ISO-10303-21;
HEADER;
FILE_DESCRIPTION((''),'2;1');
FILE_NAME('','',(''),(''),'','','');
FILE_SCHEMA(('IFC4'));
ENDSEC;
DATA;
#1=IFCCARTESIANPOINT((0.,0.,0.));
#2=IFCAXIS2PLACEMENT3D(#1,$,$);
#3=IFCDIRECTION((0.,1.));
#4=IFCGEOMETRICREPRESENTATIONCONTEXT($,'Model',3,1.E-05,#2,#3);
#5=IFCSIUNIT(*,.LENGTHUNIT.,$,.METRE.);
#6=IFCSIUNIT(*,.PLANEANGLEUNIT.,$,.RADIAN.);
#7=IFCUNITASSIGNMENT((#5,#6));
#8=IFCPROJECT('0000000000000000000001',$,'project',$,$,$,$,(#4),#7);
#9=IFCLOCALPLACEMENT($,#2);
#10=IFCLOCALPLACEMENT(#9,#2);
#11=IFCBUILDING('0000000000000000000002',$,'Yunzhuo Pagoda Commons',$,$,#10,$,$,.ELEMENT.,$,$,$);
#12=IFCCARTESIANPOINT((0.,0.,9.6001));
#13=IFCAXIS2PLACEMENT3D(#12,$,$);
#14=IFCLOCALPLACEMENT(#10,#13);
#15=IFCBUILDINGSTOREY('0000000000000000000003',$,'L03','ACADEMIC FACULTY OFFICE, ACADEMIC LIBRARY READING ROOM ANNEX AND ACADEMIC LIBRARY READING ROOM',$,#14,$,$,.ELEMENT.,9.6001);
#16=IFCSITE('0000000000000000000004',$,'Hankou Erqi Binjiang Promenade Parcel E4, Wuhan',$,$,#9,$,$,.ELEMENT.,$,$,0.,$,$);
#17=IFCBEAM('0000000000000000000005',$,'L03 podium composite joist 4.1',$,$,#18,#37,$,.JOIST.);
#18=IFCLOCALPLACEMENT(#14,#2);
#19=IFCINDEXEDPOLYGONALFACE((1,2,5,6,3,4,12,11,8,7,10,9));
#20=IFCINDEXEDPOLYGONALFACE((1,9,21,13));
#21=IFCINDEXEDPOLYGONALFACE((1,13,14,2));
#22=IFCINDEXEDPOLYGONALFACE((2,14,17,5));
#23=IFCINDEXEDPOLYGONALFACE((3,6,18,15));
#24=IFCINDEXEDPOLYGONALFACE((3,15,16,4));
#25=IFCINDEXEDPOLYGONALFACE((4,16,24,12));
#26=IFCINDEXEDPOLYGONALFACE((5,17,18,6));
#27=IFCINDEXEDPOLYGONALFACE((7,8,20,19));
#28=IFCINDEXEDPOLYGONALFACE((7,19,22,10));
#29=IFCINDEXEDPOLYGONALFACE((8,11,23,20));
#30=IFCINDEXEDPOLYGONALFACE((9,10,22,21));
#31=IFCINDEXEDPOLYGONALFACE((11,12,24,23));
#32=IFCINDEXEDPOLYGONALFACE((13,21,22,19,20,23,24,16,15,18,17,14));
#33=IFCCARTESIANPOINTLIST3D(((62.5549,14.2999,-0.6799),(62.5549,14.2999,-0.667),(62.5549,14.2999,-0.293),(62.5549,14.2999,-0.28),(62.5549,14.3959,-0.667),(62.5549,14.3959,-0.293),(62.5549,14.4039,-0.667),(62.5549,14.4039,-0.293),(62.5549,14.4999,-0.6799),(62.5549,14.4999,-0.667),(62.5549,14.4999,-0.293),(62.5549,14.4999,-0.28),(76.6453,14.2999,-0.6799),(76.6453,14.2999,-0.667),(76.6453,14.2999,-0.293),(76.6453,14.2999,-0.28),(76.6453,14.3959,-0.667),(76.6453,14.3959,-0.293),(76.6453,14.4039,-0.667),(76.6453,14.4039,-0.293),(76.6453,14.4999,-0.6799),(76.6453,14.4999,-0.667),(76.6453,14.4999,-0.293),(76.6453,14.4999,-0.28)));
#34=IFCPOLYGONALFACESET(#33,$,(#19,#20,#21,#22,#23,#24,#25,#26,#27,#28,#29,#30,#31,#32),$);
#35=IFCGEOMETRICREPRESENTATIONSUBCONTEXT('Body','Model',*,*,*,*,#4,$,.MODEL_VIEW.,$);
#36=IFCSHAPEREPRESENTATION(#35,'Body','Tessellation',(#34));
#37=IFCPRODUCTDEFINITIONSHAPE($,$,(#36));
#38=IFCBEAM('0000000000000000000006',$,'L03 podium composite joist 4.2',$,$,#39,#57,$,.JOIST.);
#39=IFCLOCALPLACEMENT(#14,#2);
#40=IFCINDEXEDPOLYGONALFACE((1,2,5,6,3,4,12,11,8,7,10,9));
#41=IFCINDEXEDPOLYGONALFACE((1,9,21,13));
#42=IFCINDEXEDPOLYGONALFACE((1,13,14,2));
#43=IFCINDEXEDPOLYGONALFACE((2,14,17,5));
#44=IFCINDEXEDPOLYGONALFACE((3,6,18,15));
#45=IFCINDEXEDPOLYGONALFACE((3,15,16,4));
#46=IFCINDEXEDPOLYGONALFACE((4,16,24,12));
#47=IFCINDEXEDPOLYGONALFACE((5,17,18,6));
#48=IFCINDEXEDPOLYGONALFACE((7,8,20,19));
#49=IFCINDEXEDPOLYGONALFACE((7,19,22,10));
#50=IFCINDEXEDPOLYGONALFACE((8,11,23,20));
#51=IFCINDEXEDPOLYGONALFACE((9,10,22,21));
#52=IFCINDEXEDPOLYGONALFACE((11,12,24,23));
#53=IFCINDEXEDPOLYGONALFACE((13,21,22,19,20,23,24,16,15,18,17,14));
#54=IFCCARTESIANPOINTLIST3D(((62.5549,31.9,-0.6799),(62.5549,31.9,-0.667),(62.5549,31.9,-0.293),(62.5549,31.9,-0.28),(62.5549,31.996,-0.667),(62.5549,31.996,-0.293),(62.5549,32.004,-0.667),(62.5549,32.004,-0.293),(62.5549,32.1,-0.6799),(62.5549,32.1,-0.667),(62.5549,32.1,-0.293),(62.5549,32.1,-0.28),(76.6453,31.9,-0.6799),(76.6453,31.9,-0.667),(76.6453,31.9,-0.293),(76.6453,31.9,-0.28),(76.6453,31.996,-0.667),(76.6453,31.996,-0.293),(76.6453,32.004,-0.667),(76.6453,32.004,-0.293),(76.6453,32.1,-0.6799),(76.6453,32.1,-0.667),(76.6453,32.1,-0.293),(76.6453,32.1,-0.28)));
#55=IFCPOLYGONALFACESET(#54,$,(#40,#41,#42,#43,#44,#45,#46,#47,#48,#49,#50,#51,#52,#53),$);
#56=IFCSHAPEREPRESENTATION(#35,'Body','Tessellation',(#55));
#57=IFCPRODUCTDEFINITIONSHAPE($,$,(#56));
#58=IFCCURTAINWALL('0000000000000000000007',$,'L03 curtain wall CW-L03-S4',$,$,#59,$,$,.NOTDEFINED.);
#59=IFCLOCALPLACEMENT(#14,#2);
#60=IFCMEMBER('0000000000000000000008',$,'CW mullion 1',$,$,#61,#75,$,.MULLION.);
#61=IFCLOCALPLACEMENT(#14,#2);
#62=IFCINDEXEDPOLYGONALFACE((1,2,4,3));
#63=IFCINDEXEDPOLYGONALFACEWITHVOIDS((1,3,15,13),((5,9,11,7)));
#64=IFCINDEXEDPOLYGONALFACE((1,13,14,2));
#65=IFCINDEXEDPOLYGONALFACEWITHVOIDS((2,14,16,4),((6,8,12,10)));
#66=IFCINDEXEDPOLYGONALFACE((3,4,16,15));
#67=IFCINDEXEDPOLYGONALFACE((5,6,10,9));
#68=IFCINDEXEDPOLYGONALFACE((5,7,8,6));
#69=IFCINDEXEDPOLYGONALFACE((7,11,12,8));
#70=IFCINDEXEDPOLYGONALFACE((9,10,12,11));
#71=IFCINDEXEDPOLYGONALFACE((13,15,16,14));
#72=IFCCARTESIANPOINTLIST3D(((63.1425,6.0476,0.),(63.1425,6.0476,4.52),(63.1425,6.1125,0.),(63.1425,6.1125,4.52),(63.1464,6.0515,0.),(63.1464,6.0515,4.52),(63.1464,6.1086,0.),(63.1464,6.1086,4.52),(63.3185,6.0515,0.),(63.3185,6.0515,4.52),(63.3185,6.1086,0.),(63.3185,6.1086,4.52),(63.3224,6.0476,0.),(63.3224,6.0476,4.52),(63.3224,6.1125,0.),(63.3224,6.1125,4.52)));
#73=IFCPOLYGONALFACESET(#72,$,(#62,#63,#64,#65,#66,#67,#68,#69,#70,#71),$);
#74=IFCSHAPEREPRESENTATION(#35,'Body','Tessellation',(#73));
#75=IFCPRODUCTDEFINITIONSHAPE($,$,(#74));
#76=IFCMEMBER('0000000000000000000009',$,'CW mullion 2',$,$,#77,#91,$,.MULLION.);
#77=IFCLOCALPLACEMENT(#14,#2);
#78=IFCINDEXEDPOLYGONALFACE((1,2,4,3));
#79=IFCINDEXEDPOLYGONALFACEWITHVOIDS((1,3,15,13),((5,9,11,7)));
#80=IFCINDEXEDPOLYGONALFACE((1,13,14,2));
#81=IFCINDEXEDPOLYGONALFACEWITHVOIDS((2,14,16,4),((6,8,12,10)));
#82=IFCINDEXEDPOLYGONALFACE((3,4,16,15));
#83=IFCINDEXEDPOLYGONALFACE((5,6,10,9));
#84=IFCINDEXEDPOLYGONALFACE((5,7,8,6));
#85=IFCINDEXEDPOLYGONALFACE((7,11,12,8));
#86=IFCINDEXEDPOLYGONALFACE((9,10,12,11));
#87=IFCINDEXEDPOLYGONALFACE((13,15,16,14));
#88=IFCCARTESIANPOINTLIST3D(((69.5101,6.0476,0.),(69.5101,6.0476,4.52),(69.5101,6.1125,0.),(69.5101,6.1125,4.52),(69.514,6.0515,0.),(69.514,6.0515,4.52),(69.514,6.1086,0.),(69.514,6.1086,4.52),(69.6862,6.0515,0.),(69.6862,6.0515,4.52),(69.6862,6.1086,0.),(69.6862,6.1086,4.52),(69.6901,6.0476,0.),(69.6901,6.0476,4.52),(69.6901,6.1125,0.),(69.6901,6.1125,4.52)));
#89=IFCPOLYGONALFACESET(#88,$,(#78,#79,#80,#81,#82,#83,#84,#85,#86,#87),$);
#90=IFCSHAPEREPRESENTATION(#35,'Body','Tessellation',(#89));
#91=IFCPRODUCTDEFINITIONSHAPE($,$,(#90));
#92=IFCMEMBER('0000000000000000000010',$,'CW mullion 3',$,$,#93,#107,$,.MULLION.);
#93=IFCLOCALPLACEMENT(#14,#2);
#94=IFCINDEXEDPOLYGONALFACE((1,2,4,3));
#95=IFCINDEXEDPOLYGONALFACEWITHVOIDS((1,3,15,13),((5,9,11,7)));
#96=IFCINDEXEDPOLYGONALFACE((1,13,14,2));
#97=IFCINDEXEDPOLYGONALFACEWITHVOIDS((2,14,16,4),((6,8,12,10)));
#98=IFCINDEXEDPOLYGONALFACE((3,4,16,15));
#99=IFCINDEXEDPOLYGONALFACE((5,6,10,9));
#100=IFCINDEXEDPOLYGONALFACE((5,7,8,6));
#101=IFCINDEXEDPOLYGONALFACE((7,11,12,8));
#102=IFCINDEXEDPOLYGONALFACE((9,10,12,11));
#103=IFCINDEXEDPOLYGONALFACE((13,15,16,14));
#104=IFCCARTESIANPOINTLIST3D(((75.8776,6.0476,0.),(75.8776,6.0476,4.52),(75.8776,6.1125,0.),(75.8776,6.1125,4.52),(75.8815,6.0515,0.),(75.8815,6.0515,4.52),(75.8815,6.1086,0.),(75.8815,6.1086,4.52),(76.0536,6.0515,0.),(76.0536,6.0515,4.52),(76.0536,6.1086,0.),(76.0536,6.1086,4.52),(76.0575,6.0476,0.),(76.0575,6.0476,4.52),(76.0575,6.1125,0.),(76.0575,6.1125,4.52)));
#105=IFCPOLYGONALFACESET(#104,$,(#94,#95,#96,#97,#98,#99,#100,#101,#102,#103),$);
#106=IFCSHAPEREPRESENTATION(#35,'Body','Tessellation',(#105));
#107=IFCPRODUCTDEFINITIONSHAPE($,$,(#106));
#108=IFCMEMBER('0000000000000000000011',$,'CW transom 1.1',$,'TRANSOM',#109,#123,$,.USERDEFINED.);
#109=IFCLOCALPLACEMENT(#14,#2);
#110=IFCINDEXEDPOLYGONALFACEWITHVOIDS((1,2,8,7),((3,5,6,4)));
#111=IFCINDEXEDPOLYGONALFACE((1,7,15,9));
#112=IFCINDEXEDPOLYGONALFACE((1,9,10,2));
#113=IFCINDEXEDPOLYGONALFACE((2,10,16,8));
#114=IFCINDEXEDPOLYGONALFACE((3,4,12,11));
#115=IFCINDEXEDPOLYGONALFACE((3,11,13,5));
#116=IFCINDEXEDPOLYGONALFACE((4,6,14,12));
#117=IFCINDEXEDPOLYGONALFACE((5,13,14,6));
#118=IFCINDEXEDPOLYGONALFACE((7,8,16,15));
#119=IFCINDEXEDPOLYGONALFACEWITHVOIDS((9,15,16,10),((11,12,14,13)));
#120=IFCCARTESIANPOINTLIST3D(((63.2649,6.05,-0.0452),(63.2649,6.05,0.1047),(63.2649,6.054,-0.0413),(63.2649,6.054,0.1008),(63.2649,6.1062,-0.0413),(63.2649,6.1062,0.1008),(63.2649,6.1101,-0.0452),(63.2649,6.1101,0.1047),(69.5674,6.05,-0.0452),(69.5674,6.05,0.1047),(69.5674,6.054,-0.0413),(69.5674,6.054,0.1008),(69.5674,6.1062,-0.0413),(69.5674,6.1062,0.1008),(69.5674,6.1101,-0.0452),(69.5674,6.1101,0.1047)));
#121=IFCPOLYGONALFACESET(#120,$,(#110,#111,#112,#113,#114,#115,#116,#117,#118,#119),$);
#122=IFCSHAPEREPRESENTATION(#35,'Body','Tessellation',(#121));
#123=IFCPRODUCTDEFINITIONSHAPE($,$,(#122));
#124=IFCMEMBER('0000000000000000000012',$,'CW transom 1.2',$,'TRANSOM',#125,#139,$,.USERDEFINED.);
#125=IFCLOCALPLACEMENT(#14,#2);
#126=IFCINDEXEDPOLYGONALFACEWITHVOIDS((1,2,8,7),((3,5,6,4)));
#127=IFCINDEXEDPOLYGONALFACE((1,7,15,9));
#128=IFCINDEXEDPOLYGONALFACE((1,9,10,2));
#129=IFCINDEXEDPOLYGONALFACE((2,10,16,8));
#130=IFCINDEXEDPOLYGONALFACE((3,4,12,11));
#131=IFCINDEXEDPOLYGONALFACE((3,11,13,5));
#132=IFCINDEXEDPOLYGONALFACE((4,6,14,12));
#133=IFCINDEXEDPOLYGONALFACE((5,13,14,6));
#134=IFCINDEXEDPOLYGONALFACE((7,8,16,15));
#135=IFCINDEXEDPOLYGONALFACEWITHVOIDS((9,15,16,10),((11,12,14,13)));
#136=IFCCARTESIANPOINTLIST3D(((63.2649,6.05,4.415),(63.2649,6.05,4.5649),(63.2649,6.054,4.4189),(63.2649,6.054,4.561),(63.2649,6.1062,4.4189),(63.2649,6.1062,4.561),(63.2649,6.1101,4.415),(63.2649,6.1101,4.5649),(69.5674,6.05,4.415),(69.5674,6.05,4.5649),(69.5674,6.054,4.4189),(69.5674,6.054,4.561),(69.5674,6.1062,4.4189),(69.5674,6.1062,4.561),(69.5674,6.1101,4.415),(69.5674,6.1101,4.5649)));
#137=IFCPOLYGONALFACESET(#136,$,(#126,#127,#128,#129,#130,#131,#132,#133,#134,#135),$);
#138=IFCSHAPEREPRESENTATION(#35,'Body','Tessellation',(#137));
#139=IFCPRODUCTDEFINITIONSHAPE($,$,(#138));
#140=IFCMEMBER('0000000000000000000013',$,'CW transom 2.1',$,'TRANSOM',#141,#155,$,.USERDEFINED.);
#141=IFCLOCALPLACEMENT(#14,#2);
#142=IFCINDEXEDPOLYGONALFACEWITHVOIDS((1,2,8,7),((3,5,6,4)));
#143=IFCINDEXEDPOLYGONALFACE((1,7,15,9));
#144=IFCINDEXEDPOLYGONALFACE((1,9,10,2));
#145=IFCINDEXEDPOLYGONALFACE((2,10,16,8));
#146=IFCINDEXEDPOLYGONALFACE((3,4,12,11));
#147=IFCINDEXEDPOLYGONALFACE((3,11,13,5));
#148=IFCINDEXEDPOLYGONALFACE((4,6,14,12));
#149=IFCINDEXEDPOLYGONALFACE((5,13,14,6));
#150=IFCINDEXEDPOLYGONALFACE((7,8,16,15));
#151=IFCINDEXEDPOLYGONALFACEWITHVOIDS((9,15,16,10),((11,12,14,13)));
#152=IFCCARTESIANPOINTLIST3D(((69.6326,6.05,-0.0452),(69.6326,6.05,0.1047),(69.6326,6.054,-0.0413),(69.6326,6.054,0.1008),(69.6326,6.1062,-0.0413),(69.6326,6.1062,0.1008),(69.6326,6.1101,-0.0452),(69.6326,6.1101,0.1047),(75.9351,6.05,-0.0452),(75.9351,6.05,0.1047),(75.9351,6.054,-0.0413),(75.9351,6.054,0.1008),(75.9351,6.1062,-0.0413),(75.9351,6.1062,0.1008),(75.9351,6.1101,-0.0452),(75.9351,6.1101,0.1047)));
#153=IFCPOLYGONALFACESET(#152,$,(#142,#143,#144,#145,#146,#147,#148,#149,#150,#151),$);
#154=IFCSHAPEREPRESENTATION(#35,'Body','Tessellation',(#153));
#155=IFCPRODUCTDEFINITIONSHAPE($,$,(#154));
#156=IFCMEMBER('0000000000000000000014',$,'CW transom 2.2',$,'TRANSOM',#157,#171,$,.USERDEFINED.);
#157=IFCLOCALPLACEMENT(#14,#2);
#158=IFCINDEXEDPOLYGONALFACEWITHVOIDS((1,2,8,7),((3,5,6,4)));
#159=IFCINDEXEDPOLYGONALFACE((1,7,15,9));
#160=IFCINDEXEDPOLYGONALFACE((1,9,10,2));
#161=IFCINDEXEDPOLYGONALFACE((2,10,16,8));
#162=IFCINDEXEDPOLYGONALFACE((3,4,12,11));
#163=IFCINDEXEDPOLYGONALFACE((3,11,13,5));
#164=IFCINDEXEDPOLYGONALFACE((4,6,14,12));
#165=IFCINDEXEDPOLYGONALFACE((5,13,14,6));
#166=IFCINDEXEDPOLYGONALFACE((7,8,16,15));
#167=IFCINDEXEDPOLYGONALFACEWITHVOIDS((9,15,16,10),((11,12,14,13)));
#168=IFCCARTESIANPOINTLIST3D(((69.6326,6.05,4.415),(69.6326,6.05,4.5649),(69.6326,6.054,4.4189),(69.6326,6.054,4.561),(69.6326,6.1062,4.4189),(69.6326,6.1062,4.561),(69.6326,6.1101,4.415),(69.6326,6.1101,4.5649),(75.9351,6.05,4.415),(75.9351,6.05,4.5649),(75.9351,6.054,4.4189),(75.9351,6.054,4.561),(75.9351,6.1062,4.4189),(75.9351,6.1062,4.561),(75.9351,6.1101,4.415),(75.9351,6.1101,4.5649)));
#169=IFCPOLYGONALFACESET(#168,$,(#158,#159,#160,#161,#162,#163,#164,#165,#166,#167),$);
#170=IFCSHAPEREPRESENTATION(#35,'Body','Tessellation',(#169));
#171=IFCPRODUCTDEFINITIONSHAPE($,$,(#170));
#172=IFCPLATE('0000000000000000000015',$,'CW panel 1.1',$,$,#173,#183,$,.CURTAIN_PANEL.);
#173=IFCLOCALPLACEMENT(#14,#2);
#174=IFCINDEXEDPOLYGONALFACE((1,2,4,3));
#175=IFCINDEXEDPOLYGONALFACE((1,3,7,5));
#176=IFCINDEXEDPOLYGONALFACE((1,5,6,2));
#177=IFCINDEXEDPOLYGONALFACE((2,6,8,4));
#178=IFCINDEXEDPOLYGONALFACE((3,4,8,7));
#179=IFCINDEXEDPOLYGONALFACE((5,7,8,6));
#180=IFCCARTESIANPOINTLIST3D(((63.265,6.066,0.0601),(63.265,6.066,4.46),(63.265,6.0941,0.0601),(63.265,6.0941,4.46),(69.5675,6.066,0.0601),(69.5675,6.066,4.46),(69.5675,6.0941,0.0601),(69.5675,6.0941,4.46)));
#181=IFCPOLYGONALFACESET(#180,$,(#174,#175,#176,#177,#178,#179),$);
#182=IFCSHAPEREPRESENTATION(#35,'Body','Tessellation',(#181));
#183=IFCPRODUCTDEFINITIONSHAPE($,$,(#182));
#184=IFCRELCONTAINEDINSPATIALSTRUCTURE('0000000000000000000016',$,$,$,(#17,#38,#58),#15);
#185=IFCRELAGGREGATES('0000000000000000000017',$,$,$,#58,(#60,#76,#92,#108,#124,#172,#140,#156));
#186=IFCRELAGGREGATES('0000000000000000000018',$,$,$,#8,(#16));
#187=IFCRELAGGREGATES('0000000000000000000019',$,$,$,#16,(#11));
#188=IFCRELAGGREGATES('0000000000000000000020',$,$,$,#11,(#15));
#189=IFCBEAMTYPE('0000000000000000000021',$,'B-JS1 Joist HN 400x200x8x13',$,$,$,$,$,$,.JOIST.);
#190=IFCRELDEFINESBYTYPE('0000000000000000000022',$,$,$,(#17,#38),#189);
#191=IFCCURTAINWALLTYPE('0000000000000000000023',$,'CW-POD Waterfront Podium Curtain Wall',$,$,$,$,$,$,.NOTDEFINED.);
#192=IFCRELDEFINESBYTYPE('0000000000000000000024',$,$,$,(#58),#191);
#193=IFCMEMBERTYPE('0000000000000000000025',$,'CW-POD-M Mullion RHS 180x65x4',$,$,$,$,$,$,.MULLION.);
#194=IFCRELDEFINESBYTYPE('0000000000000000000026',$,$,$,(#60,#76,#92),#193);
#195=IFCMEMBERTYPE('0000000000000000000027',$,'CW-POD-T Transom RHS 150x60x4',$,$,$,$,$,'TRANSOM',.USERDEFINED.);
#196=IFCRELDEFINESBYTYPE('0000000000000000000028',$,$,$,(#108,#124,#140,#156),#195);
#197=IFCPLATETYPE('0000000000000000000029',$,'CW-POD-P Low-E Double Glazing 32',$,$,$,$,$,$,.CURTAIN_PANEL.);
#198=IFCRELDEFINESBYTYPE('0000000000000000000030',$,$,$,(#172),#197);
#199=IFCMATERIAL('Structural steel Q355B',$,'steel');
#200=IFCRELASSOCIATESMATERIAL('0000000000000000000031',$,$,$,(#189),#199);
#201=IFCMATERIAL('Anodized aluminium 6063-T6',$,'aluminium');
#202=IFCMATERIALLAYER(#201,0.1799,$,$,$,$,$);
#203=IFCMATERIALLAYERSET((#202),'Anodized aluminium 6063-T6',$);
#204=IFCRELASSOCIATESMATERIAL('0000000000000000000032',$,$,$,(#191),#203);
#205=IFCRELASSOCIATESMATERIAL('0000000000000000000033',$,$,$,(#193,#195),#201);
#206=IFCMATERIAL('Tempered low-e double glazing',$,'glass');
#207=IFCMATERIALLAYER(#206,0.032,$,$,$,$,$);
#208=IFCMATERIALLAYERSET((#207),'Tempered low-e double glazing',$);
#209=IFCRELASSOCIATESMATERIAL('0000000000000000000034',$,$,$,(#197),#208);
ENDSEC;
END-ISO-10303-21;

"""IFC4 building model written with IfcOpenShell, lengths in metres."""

from ifc_helpers import new_model, si_unit, direction, frame, origin, origin_2d, place, context, subcontext, project, spatial, rectangle, hollow_rectangle, i_section, extrude, source, transform, mapped, material, layer, layer_set, material_profile, profile_set, type_object, element, aggregate, save


model = new_model("IFC4")

# Units and contexts
model_context = context("Model", 3, precision=1e-05, world=origin(), true_north=direction((0.0, 1.0)))
body_context = subcontext(model_context, "Body", "Model", "MODEL_VIEW")
ifc_project = project(units=[si_unit("LENGTHUNIT", "METRE"), si_unit("PLANEANGLEUNIT", "RADIAN")], contexts=[model_context])

# Site, building, storey
site_placement = place(None, origin())
site = spatial("IfcSite", under=ifc_project, at=site_placement, Name="Hankou Erqi Binjiang Promenade Parcel E4, Wuhan", CompositionType="ELEMENT", RefElevation=0.0)
building_placement = place(site_placement, origin())
building = spatial("IfcBuilding", under=site, at=building_placement, Name="Yunzhuo Pagoda Commons", CompositionType="ELEMENT")
storey_placement = place(building_placement, frame((0.0, 0.0, 9.6001)))
storey = spatial("IfcBuildingStorey", under=building, at=storey_placement, Name="L03", Description="ACADEMIC FACULTY OFFICE, ACADEMIC LIBRARY READING ROOM ANNEX AND ACADEMIC LIBRARY READING ROOM", CompositionType="ELEMENT", Elevation=9.6001)

# Beams
ifc_material_1 = material(Name="Structural steel Q355B", Category="steel")
ifc_material_profile_1 = material_profile(ifc_material_1, i_section(OverallWidth=0.2, OverallDepth=0.3999, WebThickness=0.0081, FlangeThickness=0.0129, at=origin_2d()), Name="Structural steel Q355B")
ifc_profile_set_1 = profile_set([ifc_material_profile_1], Name="Structural steel Q355B")
beam_type_1 = type_object("IfcBeamType", Name="B-JS1 Joist HN 400x200x8x13", PredefinedType="JOIST", material=ifc_profile_set_1)
shared_shape_1 = source(origin(), body_context, "Body", "SweptSolid", [
    extrude(i_section(OverallWidth=0.2, OverallDepth=0.3999, WebThickness=0.0081, FlangeThickness=0.0129, at=origin_2d()), origin(), (0.0, 0.0, 1.0), 14.0903),
])
for number, where, z_axis, x_axis, name in (
    (1, (62.5549, 14.3999, -0.48), (1.0, 0.0, 0.0), (0.0, 1.0, 0.0), "L03 podium composite joist 4.1"),
    (2, (62.5549, 32.0, -0.48), (1.0, 0.0, 0.0), (0.0, 1.0, 0.0), "L03 podium composite joist 4.2"),
):
    element("IfcBeam", number, at=place(storey_placement, frame(where, z_axis=z_axis, x_axis=x_axis)), inside=storey, type_object=beam_type_1, Name=name, PredefinedType="JOIST", context=body_context, shape_type="MappedRepresentation", body=[
        mapped(shared_shape_1, transform((0.0, 0.0, 0.0), scale=1.0)),
    ])

# Curtain wall, members, plate
ifc_material_2 = material(Name="Anodized aluminium 6063-T6", Category="aluminium")
ifc_layer_1 = layer(ifc_material_2, 0.1799)
ifc_layer_set_1 = layer_set([ifc_layer_1], Name="Anodized aluminium 6063-T6")
curtain_wall_type = type_object("IfcCurtainWallType", Name="CW-POD Waterfront Podium Curtain Wall", PredefinedType="NOTDEFINED", material=ifc_layer_set_1)
curtain_wall_placement = place(storey_placement, origin())
curtain_wall = element("IfcCurtainWall", 3, at=curtain_wall_placement, inside=storey, type_object=curtain_wall_type, Name="L03 curtain wall CW-L03-S4", PredefinedType="NOTDEFINED")
ifc_material_profile_2 = material_profile(ifc_material_2, hollow_rectangle(XDim=0.0649, YDim=0.1799, WallThickness=0.0039, at=origin_2d()), Name="Anodized aluminium 6063-T6")
ifc_profile_set_2 = profile_set([ifc_material_profile_2], Name="Anodized aluminium 6063-T6")
member_type_1 = type_object("IfcMemberType", Name="CW-POD-M Mullion RHS 180x65x4", PredefinedType="MULLION", material=ifc_profile_set_2)
shared_shape_2 = source(origin(), body_context, "Body", "SweptSolid", [
    extrude(hollow_rectangle(XDim=0.0649, YDim=0.1799, WallThickness=0.0039, at=origin_2d()), origin(), (0.0, 0.0, 1.0), 4.52),
])
member_1_placement = place(storey_placement, frame((63.2324, 6.0801, 0.0), z_axis=(0.0, 0.0, 1.0), x_axis=(0.0, 1.0, 0.0)))
member_1 = element("IfcMember", 4, at=member_1_placement, type_object=member_type_1, Name="CW mullion 1", PredefinedType="MULLION", context=body_context, shape_type="MappedRepresentation", body=[
    mapped(shared_shape_2, transform((0.0, 0.0, 0.0), scale=1.0)),
])
member_2_placement = place(storey_placement, frame((69.6001, 6.0801, 0.0), z_axis=(0.0, 0.0, 1.0), x_axis=(0.0, 1.0, 0.0)))
member_2 = element("IfcMember", 5, at=member_2_placement, type_object=member_type_1, Name="CW mullion 2", PredefinedType="MULLION", context=body_context, shape_type="MappedRepresentation", body=[
    mapped(shared_shape_2, transform((0.0, 0.0, 0.0), scale=1.0)),
])
member_3_placement = place(storey_placement, frame((75.9675, 6.0801, 0.0), z_axis=(0.0, 0.0, 1.0), x_axis=(0.0, 1.0, 0.0)))
member_3 = element("IfcMember", 6, at=member_3_placement, type_object=member_type_1, Name="CW mullion 3", PredefinedType="MULLION", context=body_context, shape_type="MappedRepresentation", body=[
    mapped(shared_shape_2, transform((0.0, 0.0, 0.0), scale=1.0)),
])
ifc_material_profile_3 = material_profile(ifc_material_2, hollow_rectangle(XDim=0.0601, YDim=0.1499, WallThickness=0.0039, at=origin_2d()), Name="Anodized aluminium 6063-T6")
ifc_profile_set_3 = profile_set([ifc_material_profile_3], Name="Anodized aluminium 6063-T6")
member_type_2 = type_object("IfcMemberType", Name="CW-POD-T Transom RHS 150x60x4", ElementType="TRANSOM", PredefinedType="USERDEFINED", material=ifc_profile_set_3)
shared_shape_3 = source(origin(), body_context, "Body", "SweptSolid", [
    extrude(hollow_rectangle(XDim=0.0601, YDim=0.1499, WallThickness=0.0039, at=origin_2d()), origin(), (0.0, 0.0, 1.0), 6.3025),
])
member_4_placement = place(storey_placement, frame((63.2649, 6.0801, 0.0298), z_axis=(1.0, 0.0, 0.0), x_axis=(0.0, 1.0, 0.0)))
member_4 = element("IfcMember", 7, at=member_4_placement, type_object=member_type_2, Name="CW transom 1.1", ObjectType="TRANSOM", PredefinedType="USERDEFINED", context=body_context, shape_type="MappedRepresentation", body=[
    mapped(shared_shape_3, transform((0.0, 0.0, 0.0), scale=1.0)),
])
member_5_placement = place(storey_placement, frame((63.2649, 6.0801, 4.49), z_axis=(1.0, 0.0, 0.0), x_axis=(0.0, 1.0, 0.0)))
member_5 = element("IfcMember", 8, at=member_5_placement, type_object=member_type_2, Name="CW transom 1.2", ObjectType="TRANSOM", PredefinedType="USERDEFINED", context=body_context, shape_type="MappedRepresentation", body=[
    mapped(shared_shape_3, transform((0.0, 0.0, 0.0), scale=1.0)),
])
member_6_placement = place(storey_placement, frame((69.6326, 6.0801, 0.0298), z_axis=(1.0, 0.0, 0.0), x_axis=(0.0, 1.0, 0.0)))
member_6 = element("IfcMember", 9, at=member_6_placement, type_object=member_type_2, Name="CW transom 2.1", ObjectType="TRANSOM", PredefinedType="USERDEFINED", context=body_context, shape_type="MappedRepresentation", body=[
    mapped(shared_shape_3, transform((0.0, 0.0, 0.0), scale=1.0)),
])
member_7_placement = place(storey_placement, frame((69.6326, 6.0801, 4.49), z_axis=(1.0, 0.0, 0.0), x_axis=(0.0, 1.0, 0.0)))
member_7 = element("IfcMember", 10, at=member_7_placement, type_object=member_type_2, Name="CW transom 2.2", ObjectType="TRANSOM", PredefinedType="USERDEFINED", context=body_context, shape_type="MappedRepresentation", body=[
    mapped(shared_shape_3, transform((0.0, 0.0, 0.0), scale=1.0)),
])
ifc_material_3 = material(Name="Tempered low-e double glazing", Category="glass")
ifc_layer_2 = layer(ifc_material_3, 0.032)
ifc_layer_set_2 = layer_set([ifc_layer_2], Name="Tempered low-e double glazing")
plate_type = type_object("IfcPlateType", Name="CW-POD-P Low-E Double Glazing 32", PredefinedType="CURTAIN_PANEL", material=ifc_layer_set_2)
shared_shape_4 = source(origin(), body_context, "Body", "SweptSolid", [
    extrude(rectangle(XDim=6.3025, YDim=0.0281, at=origin_2d()), origin(), (0.0, 0.0, 1.0), 4.3999),
])
plate_1_placement = place(storey_placement, frame((66.4163, 6.0801, 0.0601), z_axis=(0.0, 0.0, 1.0), x_axis=(1.0, 0.0, 0.0)))
plate_1 = element("IfcPlate", 11, at=plate_1_placement, type_object=plate_type, Name="CW panel 1.1", PredefinedType="CURTAIN_PANEL", context=body_context, shape_type="MappedRepresentation", body=[
    mapped(shared_shape_4, transform((0.0, 0.0, 0.0), scale=1.0)),
])
aggregate(curtain_wall, [member_1, member_2, member_3, member_4, member_5, plate_1, member_6, member_7])

save(model, "model.ifc")
